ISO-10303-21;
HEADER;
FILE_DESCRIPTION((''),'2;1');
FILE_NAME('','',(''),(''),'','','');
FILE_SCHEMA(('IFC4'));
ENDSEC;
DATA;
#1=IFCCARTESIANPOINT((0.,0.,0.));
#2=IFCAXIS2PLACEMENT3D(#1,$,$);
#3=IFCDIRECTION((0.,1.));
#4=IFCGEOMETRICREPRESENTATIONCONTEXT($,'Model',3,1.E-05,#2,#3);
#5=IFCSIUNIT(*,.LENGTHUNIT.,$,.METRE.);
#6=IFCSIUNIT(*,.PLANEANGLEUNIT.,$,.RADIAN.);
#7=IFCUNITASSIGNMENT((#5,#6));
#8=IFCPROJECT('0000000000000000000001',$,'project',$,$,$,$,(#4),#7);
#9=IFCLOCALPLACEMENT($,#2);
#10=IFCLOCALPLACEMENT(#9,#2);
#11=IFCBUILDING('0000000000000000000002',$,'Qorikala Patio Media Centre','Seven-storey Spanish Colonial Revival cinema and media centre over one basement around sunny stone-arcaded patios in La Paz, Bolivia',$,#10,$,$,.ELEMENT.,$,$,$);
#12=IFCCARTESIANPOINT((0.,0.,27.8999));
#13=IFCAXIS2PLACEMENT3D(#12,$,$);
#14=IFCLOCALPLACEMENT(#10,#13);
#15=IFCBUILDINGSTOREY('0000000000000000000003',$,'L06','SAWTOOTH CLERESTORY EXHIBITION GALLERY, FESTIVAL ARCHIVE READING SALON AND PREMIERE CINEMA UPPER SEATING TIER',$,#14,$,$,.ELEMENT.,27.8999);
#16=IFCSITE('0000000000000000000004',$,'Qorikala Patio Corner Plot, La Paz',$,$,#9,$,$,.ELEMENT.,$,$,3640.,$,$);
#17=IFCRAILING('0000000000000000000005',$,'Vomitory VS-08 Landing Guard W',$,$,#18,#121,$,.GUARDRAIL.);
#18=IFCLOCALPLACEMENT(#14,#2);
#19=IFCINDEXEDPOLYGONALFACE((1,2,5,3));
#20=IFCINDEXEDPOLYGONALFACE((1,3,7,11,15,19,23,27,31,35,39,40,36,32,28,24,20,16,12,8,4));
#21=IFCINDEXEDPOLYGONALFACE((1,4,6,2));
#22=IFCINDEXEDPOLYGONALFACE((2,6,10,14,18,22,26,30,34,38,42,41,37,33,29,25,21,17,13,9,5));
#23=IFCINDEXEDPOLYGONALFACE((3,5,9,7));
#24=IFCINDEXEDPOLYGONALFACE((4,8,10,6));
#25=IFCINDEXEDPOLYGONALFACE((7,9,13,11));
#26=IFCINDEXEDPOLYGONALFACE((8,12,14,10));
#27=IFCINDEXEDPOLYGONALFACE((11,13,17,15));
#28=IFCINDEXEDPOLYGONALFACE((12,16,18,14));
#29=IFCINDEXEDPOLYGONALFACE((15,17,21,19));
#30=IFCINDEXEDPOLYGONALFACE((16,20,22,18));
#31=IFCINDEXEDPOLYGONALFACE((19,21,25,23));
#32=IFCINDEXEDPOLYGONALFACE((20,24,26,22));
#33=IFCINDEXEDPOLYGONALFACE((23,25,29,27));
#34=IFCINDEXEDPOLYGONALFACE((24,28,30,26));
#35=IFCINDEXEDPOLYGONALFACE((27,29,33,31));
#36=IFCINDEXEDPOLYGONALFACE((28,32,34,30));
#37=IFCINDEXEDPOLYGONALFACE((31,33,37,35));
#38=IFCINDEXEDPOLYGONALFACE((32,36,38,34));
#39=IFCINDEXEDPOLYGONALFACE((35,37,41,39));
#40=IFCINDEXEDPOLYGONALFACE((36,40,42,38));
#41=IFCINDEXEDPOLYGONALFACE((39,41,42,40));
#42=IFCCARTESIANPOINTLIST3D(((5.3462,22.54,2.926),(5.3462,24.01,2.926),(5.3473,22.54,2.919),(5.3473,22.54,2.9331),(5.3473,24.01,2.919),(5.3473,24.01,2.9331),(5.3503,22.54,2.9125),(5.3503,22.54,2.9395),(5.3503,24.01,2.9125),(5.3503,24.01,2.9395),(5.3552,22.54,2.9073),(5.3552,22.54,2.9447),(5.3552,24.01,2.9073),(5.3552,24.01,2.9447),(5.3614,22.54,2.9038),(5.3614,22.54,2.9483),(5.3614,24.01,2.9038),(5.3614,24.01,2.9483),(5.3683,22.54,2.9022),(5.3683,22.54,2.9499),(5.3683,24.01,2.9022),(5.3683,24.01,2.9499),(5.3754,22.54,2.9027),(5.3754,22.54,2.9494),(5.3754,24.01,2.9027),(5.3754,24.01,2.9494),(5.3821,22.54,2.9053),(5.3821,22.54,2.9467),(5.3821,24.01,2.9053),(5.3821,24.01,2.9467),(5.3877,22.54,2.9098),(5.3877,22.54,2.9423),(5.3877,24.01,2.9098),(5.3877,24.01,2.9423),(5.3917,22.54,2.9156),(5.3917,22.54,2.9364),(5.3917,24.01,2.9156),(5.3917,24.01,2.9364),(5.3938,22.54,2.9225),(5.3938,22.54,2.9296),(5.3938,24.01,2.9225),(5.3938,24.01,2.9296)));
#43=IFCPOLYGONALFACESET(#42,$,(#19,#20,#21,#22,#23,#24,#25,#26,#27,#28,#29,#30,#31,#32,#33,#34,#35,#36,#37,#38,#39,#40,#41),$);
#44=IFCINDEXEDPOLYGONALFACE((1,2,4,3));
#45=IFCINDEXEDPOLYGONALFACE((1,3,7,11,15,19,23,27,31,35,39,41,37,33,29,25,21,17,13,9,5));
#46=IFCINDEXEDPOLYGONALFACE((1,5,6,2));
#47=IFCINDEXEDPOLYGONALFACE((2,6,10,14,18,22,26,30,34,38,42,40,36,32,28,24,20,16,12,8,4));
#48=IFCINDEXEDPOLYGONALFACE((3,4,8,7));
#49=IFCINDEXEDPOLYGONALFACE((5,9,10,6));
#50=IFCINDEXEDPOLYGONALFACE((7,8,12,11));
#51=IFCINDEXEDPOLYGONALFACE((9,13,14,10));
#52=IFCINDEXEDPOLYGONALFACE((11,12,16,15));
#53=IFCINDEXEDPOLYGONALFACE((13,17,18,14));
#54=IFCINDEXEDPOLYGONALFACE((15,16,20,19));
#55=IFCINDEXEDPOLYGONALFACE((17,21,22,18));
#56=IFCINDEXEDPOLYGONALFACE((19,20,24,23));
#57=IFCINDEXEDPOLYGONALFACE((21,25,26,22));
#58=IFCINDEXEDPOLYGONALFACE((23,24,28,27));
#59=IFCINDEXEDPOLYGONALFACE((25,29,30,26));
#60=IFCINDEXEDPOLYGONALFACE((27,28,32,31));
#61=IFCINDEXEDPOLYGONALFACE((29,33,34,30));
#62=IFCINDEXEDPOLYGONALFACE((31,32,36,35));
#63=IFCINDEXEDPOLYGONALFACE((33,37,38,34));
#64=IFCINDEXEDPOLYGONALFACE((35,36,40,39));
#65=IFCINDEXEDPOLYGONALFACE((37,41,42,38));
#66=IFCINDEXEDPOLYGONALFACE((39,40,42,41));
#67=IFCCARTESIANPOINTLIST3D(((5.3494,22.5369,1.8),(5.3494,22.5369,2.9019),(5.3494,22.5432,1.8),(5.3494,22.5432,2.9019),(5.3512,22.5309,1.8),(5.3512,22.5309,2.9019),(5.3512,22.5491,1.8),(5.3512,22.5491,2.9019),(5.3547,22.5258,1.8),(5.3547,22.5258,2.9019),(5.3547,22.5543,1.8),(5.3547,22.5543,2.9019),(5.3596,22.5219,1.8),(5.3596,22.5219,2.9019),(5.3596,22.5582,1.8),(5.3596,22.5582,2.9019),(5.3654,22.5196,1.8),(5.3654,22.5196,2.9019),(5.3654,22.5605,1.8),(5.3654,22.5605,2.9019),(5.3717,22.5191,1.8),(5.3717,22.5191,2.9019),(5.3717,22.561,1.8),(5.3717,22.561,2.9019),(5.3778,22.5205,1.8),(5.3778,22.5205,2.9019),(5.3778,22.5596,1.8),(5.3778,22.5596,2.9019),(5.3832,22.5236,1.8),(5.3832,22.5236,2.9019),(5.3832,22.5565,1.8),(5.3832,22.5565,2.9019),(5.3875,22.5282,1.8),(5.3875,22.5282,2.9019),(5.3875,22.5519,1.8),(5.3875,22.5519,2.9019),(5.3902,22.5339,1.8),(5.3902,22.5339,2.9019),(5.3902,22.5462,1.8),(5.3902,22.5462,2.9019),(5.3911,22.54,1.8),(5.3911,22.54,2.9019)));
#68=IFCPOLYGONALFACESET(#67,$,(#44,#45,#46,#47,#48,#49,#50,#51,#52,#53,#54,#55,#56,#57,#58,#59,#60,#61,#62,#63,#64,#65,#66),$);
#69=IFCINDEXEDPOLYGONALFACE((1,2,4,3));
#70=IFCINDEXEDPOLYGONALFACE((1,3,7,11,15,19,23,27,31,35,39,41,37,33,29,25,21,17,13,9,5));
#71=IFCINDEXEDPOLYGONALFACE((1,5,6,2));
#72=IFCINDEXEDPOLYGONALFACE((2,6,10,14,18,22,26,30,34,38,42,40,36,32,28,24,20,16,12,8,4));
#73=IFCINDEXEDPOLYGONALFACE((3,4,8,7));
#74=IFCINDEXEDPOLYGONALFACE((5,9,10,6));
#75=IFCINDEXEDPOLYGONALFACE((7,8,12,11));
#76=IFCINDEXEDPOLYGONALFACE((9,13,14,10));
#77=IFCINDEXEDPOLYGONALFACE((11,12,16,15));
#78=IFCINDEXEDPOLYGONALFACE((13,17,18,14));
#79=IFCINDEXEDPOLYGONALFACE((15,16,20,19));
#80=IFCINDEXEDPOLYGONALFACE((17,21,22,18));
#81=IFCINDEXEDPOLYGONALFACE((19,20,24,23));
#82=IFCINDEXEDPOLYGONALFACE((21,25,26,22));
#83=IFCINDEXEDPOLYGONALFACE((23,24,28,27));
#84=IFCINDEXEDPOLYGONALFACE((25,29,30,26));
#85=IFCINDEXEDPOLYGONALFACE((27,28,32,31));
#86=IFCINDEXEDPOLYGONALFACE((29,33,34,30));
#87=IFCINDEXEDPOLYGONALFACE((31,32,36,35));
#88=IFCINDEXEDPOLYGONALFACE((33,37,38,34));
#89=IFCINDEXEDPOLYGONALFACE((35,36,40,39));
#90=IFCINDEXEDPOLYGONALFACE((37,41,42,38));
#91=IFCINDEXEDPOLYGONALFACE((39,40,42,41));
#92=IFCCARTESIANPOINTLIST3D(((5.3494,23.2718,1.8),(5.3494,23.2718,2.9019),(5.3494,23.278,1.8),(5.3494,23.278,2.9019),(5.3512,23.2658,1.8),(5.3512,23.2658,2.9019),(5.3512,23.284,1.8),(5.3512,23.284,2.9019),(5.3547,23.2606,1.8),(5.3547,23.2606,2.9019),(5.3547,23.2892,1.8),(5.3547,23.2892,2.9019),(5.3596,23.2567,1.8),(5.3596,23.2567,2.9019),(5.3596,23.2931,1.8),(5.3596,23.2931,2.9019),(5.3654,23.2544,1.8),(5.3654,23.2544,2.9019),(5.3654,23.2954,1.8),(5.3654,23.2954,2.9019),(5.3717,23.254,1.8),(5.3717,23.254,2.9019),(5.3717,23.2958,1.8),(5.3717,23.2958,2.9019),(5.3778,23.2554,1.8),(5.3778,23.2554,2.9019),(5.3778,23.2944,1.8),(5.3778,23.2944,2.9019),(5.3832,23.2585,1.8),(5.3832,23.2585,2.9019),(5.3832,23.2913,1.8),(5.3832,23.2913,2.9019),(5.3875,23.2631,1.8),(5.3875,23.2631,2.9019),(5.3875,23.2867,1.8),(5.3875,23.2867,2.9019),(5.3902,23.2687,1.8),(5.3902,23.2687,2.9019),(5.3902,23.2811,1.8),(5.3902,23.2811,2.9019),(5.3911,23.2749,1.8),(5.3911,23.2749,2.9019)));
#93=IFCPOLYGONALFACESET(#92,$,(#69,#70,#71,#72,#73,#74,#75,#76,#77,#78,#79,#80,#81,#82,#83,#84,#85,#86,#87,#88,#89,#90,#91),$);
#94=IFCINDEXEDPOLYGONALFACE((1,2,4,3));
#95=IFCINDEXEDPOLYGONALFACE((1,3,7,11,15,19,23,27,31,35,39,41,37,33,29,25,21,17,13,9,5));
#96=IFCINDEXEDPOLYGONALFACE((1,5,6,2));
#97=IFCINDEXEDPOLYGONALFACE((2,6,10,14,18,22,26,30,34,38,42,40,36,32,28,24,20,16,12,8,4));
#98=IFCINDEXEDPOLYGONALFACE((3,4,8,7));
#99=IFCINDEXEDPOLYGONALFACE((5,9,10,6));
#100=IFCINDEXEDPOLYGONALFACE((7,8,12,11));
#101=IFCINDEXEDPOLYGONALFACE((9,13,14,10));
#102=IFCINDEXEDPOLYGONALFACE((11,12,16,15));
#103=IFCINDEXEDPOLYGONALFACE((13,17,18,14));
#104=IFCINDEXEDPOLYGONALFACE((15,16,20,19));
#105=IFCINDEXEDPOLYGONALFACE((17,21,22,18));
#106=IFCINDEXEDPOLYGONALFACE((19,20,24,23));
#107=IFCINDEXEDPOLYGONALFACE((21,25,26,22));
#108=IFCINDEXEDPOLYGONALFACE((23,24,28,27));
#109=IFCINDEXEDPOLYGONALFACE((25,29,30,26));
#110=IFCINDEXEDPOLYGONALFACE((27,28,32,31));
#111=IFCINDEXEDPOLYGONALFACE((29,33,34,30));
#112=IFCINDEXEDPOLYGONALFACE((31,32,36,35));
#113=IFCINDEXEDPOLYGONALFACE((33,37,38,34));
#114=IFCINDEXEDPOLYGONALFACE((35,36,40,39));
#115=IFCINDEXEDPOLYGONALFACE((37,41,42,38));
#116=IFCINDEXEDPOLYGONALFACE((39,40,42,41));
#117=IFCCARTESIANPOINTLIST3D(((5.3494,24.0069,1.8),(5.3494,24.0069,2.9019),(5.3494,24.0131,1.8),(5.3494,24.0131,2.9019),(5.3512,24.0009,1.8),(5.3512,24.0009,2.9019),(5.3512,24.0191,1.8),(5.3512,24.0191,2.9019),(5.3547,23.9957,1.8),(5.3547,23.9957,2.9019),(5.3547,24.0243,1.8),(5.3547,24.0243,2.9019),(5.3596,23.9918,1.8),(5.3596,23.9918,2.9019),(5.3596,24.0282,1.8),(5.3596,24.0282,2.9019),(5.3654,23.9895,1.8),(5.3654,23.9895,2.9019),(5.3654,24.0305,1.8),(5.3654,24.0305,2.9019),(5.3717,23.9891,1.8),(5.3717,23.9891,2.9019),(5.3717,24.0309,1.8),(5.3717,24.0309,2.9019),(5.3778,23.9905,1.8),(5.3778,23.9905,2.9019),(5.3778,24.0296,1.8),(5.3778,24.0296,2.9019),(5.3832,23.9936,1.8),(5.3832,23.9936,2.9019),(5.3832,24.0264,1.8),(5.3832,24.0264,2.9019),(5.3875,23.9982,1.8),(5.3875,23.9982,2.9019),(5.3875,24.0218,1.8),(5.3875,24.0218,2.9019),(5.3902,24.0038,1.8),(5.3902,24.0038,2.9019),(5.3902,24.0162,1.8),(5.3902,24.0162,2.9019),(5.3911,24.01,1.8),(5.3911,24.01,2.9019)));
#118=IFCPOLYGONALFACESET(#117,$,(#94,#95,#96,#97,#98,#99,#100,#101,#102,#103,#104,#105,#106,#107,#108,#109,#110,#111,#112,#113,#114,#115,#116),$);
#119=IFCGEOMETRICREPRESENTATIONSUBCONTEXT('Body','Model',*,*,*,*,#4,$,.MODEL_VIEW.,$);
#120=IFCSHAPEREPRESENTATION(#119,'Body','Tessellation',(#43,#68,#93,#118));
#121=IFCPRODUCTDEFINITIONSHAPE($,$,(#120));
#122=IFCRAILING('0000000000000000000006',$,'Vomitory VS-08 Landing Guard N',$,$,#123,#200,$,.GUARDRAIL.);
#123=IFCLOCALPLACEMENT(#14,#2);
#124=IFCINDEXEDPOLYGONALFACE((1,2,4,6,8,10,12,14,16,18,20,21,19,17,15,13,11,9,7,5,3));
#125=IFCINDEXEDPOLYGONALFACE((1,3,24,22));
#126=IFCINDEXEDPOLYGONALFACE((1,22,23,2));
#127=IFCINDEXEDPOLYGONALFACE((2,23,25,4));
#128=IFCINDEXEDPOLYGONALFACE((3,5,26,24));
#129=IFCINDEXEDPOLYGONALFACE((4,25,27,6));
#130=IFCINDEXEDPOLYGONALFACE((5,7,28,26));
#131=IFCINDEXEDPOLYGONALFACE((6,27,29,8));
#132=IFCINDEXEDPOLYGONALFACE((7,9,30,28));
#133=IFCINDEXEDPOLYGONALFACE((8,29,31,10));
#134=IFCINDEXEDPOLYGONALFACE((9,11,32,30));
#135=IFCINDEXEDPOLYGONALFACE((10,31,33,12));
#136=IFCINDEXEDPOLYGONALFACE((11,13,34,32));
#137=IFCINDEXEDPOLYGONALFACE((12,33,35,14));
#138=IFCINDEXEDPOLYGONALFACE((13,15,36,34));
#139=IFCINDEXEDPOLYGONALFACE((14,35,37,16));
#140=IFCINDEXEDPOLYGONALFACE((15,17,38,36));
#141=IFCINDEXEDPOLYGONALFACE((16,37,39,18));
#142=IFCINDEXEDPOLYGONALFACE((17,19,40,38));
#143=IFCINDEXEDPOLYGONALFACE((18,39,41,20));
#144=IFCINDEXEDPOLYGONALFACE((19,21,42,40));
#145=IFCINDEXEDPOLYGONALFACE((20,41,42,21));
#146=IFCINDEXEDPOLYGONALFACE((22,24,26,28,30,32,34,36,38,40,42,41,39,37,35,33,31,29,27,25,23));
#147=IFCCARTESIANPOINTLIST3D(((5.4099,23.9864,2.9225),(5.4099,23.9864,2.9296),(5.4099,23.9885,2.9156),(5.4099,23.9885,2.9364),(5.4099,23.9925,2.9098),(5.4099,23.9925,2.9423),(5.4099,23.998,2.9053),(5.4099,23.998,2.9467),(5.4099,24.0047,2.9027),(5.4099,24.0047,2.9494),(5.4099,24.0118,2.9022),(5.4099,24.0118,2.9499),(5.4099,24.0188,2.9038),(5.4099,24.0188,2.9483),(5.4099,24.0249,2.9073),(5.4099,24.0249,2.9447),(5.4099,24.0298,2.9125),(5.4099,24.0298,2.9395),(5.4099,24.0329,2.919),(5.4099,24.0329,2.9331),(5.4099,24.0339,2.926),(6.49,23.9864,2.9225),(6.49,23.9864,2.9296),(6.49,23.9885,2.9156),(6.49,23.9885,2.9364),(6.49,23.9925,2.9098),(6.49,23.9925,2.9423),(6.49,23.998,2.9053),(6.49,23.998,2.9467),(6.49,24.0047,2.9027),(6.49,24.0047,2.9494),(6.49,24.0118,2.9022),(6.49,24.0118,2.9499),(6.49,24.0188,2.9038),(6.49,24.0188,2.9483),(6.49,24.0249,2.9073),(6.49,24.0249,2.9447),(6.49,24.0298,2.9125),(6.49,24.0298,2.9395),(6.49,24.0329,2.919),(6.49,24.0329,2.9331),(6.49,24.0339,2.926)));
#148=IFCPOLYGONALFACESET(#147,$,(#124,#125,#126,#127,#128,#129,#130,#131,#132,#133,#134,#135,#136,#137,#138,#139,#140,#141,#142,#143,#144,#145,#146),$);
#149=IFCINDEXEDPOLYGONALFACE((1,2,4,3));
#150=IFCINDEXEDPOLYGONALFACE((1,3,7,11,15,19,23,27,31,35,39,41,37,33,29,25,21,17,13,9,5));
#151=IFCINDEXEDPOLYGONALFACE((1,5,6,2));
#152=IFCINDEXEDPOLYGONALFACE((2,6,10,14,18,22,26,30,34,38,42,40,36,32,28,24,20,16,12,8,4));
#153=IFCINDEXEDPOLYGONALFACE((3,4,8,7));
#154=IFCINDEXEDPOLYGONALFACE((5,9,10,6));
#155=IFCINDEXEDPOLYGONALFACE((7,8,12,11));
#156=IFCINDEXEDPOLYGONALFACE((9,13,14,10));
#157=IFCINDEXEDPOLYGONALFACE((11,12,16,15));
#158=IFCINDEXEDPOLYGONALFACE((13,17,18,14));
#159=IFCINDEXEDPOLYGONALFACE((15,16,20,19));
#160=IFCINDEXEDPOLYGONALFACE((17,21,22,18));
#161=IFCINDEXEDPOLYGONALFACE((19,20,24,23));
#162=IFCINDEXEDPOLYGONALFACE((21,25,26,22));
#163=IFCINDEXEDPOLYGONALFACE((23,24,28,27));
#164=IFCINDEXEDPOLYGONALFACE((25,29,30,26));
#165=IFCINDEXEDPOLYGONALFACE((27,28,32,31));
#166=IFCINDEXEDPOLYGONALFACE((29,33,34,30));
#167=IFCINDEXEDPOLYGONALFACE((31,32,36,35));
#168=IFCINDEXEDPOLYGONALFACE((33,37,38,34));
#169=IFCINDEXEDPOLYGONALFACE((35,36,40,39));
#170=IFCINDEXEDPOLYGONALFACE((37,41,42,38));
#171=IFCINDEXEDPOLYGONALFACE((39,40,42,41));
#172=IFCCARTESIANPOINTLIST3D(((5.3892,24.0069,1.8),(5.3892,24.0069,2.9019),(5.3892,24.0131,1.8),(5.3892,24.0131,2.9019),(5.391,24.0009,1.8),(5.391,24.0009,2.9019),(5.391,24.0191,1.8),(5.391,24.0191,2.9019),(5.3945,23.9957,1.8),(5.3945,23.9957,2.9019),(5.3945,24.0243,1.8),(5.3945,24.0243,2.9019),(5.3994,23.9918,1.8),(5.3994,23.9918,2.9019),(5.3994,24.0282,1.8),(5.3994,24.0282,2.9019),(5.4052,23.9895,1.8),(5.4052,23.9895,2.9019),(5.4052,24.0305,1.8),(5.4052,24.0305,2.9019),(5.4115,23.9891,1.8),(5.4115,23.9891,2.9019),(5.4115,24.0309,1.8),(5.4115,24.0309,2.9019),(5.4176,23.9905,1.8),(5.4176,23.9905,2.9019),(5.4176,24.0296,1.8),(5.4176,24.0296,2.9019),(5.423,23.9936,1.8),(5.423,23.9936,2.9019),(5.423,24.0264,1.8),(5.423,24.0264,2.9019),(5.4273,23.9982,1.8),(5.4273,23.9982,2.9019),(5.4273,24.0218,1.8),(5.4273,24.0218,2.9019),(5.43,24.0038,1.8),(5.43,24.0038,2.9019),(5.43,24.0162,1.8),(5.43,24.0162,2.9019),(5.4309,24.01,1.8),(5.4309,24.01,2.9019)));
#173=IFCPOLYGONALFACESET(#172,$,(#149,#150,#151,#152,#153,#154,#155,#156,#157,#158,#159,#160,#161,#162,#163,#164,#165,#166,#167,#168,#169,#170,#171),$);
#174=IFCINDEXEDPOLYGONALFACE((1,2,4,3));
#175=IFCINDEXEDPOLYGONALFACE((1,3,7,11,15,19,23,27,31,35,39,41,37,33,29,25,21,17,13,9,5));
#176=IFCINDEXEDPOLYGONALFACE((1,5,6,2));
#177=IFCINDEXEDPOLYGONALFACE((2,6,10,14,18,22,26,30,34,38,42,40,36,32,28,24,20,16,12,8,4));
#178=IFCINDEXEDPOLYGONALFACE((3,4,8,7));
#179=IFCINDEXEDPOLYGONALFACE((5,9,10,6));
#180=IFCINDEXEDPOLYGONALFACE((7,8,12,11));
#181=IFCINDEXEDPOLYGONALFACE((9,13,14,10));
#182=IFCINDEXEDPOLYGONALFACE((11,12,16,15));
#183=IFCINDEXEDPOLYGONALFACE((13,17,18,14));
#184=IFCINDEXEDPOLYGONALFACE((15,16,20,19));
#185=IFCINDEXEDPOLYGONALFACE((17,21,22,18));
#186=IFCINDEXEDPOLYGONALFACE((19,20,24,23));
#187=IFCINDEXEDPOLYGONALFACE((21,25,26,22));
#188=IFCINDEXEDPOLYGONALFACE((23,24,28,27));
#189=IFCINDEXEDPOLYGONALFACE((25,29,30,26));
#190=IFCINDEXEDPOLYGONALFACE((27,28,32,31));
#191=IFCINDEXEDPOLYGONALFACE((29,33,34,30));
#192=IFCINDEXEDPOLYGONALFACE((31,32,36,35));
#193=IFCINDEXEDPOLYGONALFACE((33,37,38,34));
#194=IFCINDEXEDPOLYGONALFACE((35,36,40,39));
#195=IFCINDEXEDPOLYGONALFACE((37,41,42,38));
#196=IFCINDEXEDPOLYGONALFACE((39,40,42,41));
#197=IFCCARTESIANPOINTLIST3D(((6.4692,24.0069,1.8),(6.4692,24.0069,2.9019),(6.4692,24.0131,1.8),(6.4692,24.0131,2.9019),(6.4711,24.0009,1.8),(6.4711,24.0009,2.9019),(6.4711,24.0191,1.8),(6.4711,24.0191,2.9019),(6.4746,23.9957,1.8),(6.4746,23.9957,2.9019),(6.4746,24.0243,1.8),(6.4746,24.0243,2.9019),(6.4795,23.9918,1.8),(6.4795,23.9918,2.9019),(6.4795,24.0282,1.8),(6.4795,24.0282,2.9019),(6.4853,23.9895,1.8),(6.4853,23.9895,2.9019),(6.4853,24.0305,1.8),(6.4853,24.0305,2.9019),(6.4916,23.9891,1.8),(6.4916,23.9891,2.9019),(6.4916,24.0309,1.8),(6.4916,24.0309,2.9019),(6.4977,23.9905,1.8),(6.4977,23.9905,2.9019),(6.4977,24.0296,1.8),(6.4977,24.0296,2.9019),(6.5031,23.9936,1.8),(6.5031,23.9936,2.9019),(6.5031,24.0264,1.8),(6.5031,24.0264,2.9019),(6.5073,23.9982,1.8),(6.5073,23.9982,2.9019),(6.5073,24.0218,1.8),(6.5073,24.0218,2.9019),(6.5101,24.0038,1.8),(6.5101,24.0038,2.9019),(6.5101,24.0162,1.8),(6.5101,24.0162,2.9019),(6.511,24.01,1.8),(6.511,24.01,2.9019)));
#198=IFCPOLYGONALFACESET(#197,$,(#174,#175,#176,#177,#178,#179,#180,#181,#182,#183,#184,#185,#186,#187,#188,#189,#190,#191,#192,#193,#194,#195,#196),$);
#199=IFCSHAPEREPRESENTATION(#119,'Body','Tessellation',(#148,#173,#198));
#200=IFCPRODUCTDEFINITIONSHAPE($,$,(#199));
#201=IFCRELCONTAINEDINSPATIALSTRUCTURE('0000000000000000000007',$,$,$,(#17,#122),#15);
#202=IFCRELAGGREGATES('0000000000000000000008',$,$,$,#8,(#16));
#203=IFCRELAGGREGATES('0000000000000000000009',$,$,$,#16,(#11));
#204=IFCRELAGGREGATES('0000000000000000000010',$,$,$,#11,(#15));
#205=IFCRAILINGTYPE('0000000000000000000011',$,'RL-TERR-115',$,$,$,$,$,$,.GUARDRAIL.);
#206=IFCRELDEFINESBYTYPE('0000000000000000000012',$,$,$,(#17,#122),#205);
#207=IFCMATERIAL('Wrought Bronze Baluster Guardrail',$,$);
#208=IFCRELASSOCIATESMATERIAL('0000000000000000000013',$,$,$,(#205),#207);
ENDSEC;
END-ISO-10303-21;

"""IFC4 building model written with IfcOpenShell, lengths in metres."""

from ifc_helpers import new_model, si_unit, direction, frame, origin, origin_2d, place, context, subcontext, project, spatial, circle, extrude, material, type_object, element, save


model = new_model("IFC4")

# Units and contexts
model_context = context("Model", 3, precision=1e-05, world=origin(), true_north=direction((0.0, 1.0)))
body_context = subcontext(model_context, "Body", "Model", "MODEL_VIEW")
ifc_project = project(units=[si_unit("LENGTHUNIT", "METRE"), si_unit("PLANEANGLEUNIT", "RADIAN")], contexts=[model_context])

# Site, building, storey
site_placement = place(None, origin())
site = spatial("IfcSite", under=ifc_project, at=site_placement, Name="Qorikala Patio Corner Plot, La Paz", CompositionType="ELEMENT", RefElevation=3640.0)
building_placement = place(site_placement, origin())
building = spatial("IfcBuilding", under=site, at=building_placement, Name="Qorikala Patio Media Centre", Description="Seven-storey Spanish Colonial Revival cinema and media centre over one basement around sunny stone-arcaded patios in La Paz, Bolivia", CompositionType="ELEMENT")
storey_placement = place(building_placement, frame((0.0, 0.0, 27.8999)))
storey = spatial("IfcBuildingStorey", under=building, at=storey_placement, Name="L06", Description="SAWTOOTH CLERESTORY EXHIBITION GALLERY, FESTIVAL ARCHIVE READING SALON AND PREMIERE CINEMA UPPER SEATING TIER", CompositionType="ELEMENT", Elevation=27.8999)

# Railings
ifc_material_1 = material(Name="Wrought Bronze Baluster Guardrail")
railing_type = type_object("IfcRailingType", Name="RL-TERR-115", PredefinedType="GUARDRAIL", material=ifc_material_1)
railing_1_placement = place(storey_placement, frame((5.3701, 22.54, 1.8)))
element("IfcRailing", 1, at=railing_1_placement, inside=storey, type_object=railing_type, Name="Vomitory VS-08 Landing Guard W", PredefinedType="GUARDRAIL", context=body_context, shape_type="SweptSolid", body=[
    extrude(circle(Radius=0.0239, at=origin_2d()), frame((0.0, 0.0, 1.126), z_axis=(0.0, 1.0, 0.0), x_axis=(-1.0, 0.0, 0.0)), (0.0, 0.0, 1.0), 1.47),
    extrude(circle(Radius=0.021, at=origin_2d()), origin(), (0.0, 0.0, 1.0), 1.1018),
    extrude(circle(Radius=0.021, at=origin_2d()), frame((0.0, 0.7349, 0.0)), (0.0, 0.0, 1.0), 1.1018),
    extrude(circle(Radius=0.021, at=origin_2d()), frame((0.0, 1.47, 0.0)), (0.0, 0.0, 1.0), 1.1018),
])
railing_2_placement = place(storey_placement, frame((5.4099, 24.01, 1.8)))
element("IfcRailing", 2, at=railing_2_placement, inside=storey, type_object=railing_type, Name="Vomitory VS-08 Landing Guard N", PredefinedType="GUARDRAIL", context=body_context, shape_type="SweptSolid", body=[
    extrude(circle(Radius=0.0239, at=origin_2d()), frame((0.0, 0.0, 1.126), z_axis=(1.0, 0.0, 0.0), x_axis=(0.0, 1.0, 0.0)), (0.0, 0.0, 1.0), 1.0801),
    extrude(circle(Radius=0.021, at=origin_2d()), origin(), (0.0, 0.0, 1.0), 1.1018),
    extrude(circle(Radius=0.021, at=origin_2d()), frame((1.0801, 0.0, 0.0)), (0.0, 0.0, 1.0), 1.1018),
])

save(model, "model.ifc")
